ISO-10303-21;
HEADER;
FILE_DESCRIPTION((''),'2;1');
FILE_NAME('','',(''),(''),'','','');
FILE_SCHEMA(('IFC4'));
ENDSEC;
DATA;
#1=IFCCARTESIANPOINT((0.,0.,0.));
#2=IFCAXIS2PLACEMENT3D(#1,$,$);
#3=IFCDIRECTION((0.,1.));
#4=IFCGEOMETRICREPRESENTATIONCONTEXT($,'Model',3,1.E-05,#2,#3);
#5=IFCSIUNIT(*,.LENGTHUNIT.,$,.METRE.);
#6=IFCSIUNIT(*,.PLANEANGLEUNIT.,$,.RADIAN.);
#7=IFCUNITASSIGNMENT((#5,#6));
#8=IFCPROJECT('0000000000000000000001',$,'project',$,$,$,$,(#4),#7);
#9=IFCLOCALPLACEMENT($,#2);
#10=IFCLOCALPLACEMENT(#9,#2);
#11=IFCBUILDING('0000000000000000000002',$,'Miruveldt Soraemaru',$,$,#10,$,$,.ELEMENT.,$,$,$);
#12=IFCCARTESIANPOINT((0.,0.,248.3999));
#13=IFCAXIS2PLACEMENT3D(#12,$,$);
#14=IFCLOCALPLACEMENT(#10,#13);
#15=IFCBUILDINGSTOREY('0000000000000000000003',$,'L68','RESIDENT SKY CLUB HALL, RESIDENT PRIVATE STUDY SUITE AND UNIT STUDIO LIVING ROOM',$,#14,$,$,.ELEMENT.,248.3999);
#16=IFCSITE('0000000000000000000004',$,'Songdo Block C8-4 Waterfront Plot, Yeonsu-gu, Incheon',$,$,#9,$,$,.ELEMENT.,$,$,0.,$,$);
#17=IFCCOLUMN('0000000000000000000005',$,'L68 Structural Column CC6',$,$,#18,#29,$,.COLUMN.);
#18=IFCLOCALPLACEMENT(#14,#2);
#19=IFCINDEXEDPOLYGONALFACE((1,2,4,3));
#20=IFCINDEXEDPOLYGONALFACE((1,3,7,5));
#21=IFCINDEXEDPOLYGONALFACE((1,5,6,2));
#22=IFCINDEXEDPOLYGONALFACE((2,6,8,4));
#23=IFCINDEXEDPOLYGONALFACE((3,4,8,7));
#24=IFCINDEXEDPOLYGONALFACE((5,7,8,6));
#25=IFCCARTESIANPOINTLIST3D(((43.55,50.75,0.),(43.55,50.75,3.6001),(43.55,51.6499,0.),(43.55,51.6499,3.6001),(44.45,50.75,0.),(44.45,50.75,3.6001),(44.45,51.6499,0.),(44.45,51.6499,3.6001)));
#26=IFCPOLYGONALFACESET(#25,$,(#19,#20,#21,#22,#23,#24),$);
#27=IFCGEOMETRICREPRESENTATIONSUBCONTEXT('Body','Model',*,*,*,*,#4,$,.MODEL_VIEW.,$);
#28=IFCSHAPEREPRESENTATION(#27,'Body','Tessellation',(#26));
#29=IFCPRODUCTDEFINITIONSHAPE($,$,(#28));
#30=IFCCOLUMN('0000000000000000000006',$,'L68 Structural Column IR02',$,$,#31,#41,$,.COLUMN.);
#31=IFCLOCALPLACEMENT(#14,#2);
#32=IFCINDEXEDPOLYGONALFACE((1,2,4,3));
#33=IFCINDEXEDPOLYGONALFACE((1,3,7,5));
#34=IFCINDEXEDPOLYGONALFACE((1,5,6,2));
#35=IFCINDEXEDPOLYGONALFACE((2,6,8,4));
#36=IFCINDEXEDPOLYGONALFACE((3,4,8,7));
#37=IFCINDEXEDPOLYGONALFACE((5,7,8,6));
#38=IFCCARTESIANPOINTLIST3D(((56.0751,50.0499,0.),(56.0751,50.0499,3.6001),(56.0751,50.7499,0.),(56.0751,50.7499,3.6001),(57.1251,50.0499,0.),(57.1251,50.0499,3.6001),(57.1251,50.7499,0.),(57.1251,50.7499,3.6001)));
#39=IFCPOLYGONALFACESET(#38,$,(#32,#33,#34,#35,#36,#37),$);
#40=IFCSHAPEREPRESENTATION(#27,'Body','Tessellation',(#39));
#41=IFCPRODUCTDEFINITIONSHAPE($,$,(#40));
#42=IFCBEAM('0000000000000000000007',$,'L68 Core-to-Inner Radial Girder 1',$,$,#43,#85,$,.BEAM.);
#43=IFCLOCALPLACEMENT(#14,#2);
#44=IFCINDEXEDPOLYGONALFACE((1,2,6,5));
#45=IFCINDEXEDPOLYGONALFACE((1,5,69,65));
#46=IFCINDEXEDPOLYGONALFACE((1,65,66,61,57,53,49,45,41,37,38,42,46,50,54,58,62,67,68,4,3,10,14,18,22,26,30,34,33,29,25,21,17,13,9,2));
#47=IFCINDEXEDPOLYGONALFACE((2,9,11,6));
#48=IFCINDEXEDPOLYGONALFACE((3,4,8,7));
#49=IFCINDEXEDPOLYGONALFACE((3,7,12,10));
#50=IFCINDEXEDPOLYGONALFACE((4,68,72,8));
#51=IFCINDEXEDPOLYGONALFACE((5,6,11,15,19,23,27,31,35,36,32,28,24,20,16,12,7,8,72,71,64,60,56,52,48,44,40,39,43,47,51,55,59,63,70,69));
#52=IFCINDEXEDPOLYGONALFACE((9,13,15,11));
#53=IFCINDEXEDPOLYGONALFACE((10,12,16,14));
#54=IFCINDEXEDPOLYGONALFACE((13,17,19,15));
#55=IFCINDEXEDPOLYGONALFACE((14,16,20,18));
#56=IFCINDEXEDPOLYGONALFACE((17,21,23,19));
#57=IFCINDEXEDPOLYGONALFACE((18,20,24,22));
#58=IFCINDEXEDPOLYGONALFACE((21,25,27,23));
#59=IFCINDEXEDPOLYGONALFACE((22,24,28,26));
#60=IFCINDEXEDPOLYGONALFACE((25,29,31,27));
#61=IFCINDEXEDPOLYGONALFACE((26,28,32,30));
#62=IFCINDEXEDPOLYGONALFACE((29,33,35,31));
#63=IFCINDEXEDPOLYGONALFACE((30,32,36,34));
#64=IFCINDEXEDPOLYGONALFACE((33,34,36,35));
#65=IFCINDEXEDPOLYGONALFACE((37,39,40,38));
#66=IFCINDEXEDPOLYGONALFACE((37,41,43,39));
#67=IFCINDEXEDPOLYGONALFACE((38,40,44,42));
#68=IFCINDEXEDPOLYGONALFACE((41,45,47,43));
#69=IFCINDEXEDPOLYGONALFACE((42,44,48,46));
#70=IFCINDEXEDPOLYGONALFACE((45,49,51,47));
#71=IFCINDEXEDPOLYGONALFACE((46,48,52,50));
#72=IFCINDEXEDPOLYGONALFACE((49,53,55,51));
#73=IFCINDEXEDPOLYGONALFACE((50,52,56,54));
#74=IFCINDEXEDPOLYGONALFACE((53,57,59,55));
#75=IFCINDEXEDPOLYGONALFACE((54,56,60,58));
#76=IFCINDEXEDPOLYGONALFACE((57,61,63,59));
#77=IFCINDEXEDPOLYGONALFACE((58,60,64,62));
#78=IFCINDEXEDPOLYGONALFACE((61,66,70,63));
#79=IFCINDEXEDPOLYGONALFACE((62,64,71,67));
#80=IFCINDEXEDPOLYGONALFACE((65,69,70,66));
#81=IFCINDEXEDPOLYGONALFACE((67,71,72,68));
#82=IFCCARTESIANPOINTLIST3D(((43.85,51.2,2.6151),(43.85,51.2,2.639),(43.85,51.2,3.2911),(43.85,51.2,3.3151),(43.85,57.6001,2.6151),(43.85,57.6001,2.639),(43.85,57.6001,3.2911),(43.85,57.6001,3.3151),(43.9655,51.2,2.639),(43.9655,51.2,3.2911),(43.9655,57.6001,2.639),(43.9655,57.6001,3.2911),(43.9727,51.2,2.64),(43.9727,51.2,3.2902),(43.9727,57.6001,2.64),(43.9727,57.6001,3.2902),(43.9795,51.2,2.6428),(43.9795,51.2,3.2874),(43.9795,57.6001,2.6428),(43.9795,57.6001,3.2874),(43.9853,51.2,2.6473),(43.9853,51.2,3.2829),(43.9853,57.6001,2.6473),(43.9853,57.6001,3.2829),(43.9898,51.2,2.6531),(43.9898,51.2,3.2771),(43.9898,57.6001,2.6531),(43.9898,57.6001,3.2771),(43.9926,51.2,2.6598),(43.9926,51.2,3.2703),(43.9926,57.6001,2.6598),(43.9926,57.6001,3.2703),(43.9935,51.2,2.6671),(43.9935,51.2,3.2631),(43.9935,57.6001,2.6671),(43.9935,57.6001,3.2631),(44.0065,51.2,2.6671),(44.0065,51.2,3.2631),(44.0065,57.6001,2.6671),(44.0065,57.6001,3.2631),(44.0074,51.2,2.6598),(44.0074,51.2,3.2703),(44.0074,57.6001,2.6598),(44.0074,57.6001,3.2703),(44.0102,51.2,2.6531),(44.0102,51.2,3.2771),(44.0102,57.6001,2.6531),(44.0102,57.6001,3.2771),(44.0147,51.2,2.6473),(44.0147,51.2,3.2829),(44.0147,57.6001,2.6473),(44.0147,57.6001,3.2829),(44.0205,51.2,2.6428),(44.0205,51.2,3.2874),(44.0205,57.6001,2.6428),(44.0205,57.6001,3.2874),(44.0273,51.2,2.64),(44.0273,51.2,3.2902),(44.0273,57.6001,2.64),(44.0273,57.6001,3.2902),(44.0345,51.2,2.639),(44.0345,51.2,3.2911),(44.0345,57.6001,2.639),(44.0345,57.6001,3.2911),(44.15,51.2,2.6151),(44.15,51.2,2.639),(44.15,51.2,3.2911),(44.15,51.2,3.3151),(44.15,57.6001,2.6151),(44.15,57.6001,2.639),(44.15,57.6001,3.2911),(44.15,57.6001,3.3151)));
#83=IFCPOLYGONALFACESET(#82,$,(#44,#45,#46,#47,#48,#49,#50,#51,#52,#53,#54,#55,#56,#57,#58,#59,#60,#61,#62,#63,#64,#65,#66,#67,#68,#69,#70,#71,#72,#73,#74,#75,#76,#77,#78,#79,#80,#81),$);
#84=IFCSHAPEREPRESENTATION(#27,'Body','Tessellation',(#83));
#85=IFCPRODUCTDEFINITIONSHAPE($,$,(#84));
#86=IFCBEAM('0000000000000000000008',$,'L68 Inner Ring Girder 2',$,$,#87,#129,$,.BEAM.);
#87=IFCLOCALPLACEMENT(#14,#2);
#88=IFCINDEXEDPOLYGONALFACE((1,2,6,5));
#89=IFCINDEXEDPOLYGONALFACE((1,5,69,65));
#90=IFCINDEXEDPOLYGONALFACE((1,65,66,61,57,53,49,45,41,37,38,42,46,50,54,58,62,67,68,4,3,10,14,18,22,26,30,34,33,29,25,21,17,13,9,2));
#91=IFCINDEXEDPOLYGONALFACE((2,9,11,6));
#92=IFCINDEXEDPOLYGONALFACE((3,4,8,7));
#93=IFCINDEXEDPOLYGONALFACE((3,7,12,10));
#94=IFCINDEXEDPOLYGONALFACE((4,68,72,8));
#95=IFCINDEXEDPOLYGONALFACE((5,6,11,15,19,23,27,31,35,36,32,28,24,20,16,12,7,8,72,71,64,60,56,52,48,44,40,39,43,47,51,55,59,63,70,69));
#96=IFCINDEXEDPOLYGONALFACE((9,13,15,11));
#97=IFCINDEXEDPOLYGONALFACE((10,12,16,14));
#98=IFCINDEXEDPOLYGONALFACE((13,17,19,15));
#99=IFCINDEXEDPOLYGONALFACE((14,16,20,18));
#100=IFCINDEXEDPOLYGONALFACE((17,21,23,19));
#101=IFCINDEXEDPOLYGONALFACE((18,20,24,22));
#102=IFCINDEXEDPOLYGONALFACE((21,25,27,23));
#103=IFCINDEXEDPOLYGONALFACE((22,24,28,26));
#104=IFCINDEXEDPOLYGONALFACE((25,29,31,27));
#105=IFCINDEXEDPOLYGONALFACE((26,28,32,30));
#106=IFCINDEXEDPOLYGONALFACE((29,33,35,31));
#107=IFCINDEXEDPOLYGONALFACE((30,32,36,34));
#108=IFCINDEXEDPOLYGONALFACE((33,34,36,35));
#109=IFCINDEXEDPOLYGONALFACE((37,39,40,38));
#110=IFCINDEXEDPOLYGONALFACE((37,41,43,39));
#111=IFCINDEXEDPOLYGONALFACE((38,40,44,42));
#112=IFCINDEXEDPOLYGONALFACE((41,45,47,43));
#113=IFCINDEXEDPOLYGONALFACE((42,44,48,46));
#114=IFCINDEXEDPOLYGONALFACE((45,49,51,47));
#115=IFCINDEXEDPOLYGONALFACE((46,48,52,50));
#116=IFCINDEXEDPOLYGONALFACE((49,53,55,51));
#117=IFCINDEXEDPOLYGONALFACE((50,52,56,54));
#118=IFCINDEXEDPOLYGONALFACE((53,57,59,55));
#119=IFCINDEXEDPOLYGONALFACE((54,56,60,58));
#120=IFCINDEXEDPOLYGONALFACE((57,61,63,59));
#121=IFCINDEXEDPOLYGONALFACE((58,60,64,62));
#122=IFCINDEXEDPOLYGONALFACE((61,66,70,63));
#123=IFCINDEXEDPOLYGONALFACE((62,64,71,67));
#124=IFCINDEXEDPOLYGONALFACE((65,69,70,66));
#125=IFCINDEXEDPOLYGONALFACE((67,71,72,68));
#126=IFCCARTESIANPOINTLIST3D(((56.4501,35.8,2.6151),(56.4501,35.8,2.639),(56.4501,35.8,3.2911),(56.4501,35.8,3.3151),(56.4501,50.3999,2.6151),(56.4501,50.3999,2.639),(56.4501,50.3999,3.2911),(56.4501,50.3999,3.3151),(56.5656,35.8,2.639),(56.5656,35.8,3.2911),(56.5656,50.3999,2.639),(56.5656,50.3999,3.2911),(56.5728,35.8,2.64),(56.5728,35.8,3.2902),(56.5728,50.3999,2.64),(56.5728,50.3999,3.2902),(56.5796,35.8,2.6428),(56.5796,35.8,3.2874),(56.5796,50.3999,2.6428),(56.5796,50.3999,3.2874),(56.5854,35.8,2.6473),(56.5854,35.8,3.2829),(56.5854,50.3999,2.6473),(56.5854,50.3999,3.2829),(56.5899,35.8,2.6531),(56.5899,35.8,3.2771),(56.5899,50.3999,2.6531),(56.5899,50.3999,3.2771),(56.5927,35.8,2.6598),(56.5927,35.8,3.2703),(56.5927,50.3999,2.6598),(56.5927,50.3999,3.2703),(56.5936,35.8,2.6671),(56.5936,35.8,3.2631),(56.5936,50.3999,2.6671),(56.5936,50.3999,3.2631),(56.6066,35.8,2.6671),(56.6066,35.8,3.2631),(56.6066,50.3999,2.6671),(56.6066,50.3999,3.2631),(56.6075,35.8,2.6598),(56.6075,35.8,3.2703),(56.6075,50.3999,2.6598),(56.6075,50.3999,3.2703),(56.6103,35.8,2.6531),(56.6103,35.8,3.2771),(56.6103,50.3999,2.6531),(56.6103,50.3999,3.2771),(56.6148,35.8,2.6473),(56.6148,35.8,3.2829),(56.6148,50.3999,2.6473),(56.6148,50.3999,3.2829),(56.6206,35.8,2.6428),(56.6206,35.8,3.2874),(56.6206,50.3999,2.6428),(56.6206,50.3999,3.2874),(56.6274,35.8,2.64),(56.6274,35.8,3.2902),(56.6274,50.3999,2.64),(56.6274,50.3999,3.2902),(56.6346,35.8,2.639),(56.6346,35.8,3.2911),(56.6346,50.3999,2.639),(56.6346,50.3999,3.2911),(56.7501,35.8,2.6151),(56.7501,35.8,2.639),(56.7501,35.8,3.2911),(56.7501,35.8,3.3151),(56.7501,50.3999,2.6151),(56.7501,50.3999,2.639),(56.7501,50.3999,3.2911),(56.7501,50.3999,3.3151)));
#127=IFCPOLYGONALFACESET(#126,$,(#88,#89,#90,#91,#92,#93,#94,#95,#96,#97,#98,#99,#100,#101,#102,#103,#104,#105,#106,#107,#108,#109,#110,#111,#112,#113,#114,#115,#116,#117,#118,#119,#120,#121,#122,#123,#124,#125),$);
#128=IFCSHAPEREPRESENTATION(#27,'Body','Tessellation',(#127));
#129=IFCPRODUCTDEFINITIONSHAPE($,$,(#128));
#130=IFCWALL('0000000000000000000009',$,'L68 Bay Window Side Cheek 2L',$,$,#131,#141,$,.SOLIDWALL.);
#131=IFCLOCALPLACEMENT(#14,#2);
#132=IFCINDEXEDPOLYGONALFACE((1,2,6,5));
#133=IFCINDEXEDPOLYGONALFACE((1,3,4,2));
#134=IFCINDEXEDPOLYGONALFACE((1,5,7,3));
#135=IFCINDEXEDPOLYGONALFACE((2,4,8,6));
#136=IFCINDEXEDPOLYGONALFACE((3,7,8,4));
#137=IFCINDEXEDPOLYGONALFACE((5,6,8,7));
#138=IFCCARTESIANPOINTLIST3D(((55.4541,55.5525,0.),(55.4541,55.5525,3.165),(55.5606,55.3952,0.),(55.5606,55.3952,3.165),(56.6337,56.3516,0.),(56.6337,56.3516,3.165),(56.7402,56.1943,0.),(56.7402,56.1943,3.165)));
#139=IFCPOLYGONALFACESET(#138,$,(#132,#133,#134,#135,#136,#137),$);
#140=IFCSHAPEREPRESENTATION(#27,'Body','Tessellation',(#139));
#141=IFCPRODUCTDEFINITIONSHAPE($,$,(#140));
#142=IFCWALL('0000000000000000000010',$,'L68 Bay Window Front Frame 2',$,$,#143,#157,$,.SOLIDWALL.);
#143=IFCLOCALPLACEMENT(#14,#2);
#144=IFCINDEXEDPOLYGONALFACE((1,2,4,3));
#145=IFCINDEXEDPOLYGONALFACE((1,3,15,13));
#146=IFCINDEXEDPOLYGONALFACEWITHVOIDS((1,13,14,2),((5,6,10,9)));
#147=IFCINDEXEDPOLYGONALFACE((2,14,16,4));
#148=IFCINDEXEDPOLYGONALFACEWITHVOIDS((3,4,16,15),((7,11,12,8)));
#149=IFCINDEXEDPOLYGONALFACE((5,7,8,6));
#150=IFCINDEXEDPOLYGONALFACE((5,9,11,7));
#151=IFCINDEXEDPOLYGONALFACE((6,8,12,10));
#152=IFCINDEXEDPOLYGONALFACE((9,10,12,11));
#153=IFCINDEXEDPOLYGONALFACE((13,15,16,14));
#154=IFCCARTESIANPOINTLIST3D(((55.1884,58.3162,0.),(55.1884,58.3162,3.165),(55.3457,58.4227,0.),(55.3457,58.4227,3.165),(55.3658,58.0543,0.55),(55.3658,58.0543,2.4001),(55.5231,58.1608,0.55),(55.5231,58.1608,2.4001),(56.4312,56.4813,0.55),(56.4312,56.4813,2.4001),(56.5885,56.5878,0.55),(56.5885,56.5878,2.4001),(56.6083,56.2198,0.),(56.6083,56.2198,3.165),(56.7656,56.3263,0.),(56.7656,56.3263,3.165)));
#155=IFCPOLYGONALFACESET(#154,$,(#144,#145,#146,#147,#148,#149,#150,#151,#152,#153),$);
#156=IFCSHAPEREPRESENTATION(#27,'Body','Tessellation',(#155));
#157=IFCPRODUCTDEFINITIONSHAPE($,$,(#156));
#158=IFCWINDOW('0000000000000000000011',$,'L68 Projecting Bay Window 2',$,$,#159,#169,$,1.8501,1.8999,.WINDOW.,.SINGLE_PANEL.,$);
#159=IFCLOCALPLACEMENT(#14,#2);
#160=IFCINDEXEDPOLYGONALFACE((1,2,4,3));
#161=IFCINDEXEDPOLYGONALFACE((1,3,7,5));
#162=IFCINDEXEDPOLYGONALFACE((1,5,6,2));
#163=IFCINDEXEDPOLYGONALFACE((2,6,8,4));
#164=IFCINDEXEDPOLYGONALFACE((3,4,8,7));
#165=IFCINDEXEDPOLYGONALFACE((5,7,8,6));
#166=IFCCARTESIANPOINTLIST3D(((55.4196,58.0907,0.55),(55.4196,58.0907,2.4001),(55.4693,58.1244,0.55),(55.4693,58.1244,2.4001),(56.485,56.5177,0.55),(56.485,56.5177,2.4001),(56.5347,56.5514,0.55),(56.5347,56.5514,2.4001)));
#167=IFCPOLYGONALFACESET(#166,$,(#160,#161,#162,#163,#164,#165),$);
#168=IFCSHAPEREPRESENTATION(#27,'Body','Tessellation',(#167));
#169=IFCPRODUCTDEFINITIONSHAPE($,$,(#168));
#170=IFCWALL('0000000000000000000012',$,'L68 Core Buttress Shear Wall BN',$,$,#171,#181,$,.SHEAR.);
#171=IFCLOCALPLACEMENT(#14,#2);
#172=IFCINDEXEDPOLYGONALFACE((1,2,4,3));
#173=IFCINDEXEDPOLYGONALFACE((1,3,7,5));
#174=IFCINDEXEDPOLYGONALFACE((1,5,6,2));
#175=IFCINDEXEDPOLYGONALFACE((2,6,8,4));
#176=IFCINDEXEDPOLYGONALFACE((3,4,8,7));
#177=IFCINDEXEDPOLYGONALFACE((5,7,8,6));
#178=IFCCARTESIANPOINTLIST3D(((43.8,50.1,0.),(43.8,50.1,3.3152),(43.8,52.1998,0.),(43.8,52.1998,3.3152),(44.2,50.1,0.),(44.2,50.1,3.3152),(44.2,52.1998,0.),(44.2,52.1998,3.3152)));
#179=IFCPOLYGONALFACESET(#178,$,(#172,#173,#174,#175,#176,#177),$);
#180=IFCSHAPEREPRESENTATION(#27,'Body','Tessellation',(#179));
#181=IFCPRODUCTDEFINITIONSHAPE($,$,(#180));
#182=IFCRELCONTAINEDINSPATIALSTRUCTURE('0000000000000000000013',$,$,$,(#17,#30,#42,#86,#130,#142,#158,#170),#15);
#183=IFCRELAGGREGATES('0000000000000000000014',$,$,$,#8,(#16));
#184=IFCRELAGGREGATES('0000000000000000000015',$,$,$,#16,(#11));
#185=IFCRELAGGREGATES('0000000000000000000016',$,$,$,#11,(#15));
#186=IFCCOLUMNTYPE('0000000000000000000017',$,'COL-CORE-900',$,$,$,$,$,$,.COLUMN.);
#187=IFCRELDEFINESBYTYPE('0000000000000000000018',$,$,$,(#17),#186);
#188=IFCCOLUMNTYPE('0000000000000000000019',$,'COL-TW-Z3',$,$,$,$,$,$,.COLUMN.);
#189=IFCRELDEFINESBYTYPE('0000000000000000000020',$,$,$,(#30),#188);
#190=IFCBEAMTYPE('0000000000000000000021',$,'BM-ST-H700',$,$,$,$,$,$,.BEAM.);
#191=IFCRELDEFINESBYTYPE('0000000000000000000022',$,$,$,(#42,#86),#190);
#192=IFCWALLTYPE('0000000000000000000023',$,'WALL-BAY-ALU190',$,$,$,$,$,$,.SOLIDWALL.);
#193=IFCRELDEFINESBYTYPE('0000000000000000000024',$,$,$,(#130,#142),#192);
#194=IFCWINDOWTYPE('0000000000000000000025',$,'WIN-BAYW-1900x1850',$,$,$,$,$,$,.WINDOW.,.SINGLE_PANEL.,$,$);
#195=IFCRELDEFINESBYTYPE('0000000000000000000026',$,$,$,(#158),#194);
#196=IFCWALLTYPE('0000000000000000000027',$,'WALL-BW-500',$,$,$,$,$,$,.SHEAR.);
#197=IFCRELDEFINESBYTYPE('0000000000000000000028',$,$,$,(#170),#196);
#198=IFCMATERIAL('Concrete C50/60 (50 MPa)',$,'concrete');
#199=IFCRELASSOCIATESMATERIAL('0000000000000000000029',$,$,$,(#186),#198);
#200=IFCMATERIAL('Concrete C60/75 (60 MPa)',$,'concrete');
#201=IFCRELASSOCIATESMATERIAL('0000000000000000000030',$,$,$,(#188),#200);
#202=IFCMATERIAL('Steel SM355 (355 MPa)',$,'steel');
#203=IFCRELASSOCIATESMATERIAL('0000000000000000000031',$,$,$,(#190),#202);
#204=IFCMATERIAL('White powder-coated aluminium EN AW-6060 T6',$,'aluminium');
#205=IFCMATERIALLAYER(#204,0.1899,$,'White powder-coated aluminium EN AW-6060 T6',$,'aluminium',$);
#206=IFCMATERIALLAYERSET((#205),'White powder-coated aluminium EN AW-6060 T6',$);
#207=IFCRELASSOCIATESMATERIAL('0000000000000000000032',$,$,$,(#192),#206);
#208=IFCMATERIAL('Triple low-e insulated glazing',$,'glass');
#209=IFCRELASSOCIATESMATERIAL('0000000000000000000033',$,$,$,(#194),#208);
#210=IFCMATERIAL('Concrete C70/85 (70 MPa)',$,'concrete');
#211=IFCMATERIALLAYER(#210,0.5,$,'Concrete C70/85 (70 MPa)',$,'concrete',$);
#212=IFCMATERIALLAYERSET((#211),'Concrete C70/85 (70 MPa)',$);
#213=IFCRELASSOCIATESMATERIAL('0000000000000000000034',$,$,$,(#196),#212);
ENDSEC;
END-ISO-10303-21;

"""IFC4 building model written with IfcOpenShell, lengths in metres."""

from ifc_helpers import new_model, si_unit, direction, frame, frame_2d, origin, origin_2d, place, context, subcontext, project, spatial, rectangle, i_section, extrude, material, layer, layer_set, material_profile, profile_set, type_object, element, fill, save


model = new_model("IFC4")

# Units and contexts
model_context = context("Model", 3, precision=1e-05, world=origin(), true_north=direction((0.0, 1.0)))
body_context = subcontext(model_context, "Body", "Model", "MODEL_VIEW")
ifc_project = project(units=[si_unit("LENGTHUNIT", "METRE"), si_unit("PLANEANGLEUNIT", "RADIAN")], contexts=[model_context])

# Site, building, storey
site_placement = place(None, origin())
site = spatial("IfcSite", under=ifc_project, at=site_placement, Name="Songdo Block C8-4 Waterfront Plot, Yeonsu-gu, Incheon", CompositionType="ELEMENT", RefElevation=0.0)
building_placement = place(site_placement, origin())
building = spatial("IfcBuilding", under=site, at=building_placement, Name="Miruveldt Soraemaru", CompositionType="ELEMENT")
storey_placement = place(building_placement, frame((0.0, 0.0, 248.3999)))
storey = spatial("IfcBuildingStorey", under=building, at=storey_placement, Name="L68", Description="RESIDENT SKY CLUB HALL, RESIDENT PRIVATE STUDY SUITE AND UNIT STUDIO LIVING ROOM", CompositionType="ELEMENT", Elevation=248.3999)

# Columns
ifc_material_1 = material(Name="Concrete C50/60 (50 MPa)", Category="concrete")
ifc_material_profile_1 = material_profile(ifc_material_1, rectangle(XDim=0.8999, YDim=0.8999, at=origin_2d()), Name="Concrete C50/60 (50 MPa)", Category="concrete")
ifc_profile_set_1 = profile_set([ifc_material_profile_1], Name="Concrete C50/60 (50 MPa)")
column_type_1 = type_object("IfcColumnType", Name="COL-CORE-900", PredefinedType="COLUMN", material=ifc_profile_set_1)
column_1_placement = place(storey_placement, frame((44.0, 51.2, 0.0), z_axis=(0.0, 0.0, 1.0), x_axis=(1.0, 0.0, 0.0)))
element("IfcColumn", 1, at=column_1_placement, inside=storey, type_object=column_type_1, Name="L68 Structural Column CC6", PredefinedType="COLUMN", context=body_context, shape_type="SweptSolid", body=[
    extrude(rectangle(XDim=0.8999, YDim=0.8999, at=origin_2d()), origin(), (0.0, 0.0, 1.0), 3.6001),
])
ifc_material_2 = material(Name="Concrete C60/75 (60 MPa)", Category="concrete")
ifc_material_profile_2 = material_profile(ifc_material_2, rectangle(XDim=1.05, YDim=0.7, at=origin_2d()), Name="Concrete C60/75 (60 MPa)", Category="concrete")
ifc_profile_set_2 = profile_set([ifc_material_profile_2], Name="Concrete C60/75 (60 MPa)")
column_type_2 = type_object("IfcColumnType", Name="COL-TW-Z3", PredefinedType="COLUMN", material=ifc_profile_set_2)
column_2_placement = place(storey_placement, frame((56.6001, 50.3999, 0.0), z_axis=(0.0, 0.0, 1.0), x_axis=(1.0, 0.0, 0.0)))
element("IfcColumn", 2, at=column_2_placement, inside=storey, type_object=column_type_2, Name="L68 Structural Column IR02", PredefinedType="COLUMN", context=body_context, shape_type="SweptSolid", body=[
    extrude(rectangle(XDim=1.05, YDim=0.7, at=origin_2d()), origin(), (0.0, 0.0, 1.0), 3.6001),
])

# Beams
ifc_material_3 = material(Name="Steel SM355 (355 MPa)", Category="steel")
ifc_material_profile_3 = material_profile(ifc_material_3, i_section(OverallWidth=0.3, OverallDepth=0.7, WebThickness=0.0129, FlangeThickness=0.0239, FilletRadius=0.0281, at=origin_2d()), Name="Steel SM355 (355 MPa)", Category="steel")
ifc_profile_set_3 = profile_set([ifc_material_profile_3], Name="Steel SM355 (355 MPa)")
beam_type = type_object("IfcBeamType", Name="BM-ST-H700", PredefinedType="BEAM", material=ifc_profile_set_3)
beam_1_placement = place(storey_placement, frame((44.0, 51.2, 2.9651), z_axis=(0.0, 1.0, 0.0), x_axis=(-1.0, 0.0, 0.0)))
element("IfcBeam", 3, at=beam_1_placement, inside=storey, type_object=beam_type, Name="L68 Core-to-Inner Radial Girder 1", PredefinedType="BEAM", context=body_context, shape_type="SweptSolid", body=[
    extrude(i_section(OverallWidth=0.3, OverallDepth=0.7, WebThickness=0.0129, FlangeThickness=0.0239, FilletRadius=0.0281, at=origin_2d()), origin(), (0.0, 0.0, 1.0), 6.4001),
])
beam_2_placement = place(storey_placement, frame((56.6001, 50.3999, 2.9651), z_axis=(0.0, -1.0, 0.0), x_axis=(1.0, 0.0, 0.0)))
element("IfcBeam", 4, at=beam_2_placement, inside=storey, type_object=beam_type, Name="L68 Inner Ring Girder 2", PredefinedType="BEAM", context=body_context, shape_type="SweptSolid", body=[
    extrude(i_section(OverallWidth=0.3, OverallDepth=0.7, WebThickness=0.0129, FlangeThickness=0.0239, FilletRadius=0.0281, at=origin_2d()), origin(), (0.0, 0.0, 1.0), 14.5999),
])

# Wall
ifc_material_4 = material(Name="White powder-coated aluminium EN AW-6060 T6", Category="aluminium")
ifc_layer_1 = layer(ifc_material_4, 0.1899, Name="White powder-coated aluminium EN AW-6060 T6", Category="aluminium")
ifc_layer_set_1 = layer_set([ifc_layer_1], Name="White powder-coated aluminium EN AW-6060 T6")
wall_type_1 = type_object("IfcWallType", Name="WALL-BAY-ALU190", PredefinedType="SOLIDWALL", material=ifc_layer_set_1)
wall_1_placement = place(storey_placement, frame((55.5073, 55.4739, 0.0), z_axis=(0.0, 0.0, 1.0), x_axis=(0.827942, 0.560814, 0.0)))
element("IfcWall", 5, at=wall_1_placement, inside=storey, type_object=wall_type_1, Name="L68 Bay Window Side Cheek 2L", PredefinedType="SOLIDWALL", context=body_context, shape_type="SweptSolid", body=[
    extrude(rectangle(XDim=1.4248, YDim=0.1899, at=frame_2d((0.7124, 0.0))), origin(), (0.0, 0.0, 1.0), 3.165),
])

# Wall, opening, window
wall_2_placement = place(storey_placement, frame((56.687, 56.2729, 0.0), z_axis=(0.0, 0.0, 1.0), x_axis=(-0.560782, 0.827963, 0.0)))
wall_2 = element("IfcWall", 6, at=wall_2_placement, inside=storey, type_object=wall_type_1, Name="L68 Bay Window Front Frame 2", PredefinedType="SOLIDWALL", context=body_context, shape_type="SweptSolid", body=[
    extrude(rectangle(XDim=2.532, YDim=0.1899, at=frame_2d((1.2661, 0.0))), origin(), (0.0, 0.0, 1.0), 3.165),
])
opening_1_placement = place(wall_2_placement, frame((0.3159, 0.0, 0.55)))
opening_1 = element("IfcOpeningElement", 7, at=opening_1_placement, cuts=wall_2, PredefinedType="OPENING", context=body_context, shape_type="SweptSolid", body=[
    extrude(rectangle(XDim=1.8999, YDim=1.8501, at=frame_2d((0.95, 0.925))), frame((0.0, 0.105, 0.0), z_axis=(0.0, -1.0, 0.0), x_axis=(1.0, 0.0, 0.0)), (0.0, 0.0, 1.0), 0.21),
])
ifc_material_5 = material(Name="Triple low-e insulated glazing", Category="glass")
window_type_1 = type_object("IfcWindowType", Name="WIN-BAYW-1900x1850", PartitioningType="SINGLE_PANEL", PredefinedType="WINDOW", material=ifc_material_5)
window_1_placement = place(opening_1_placement, origin())
window_1 = element("IfcWindow", 8, at=window_1_placement, inside=storey, type_object=window_type_1, Name="L68 Projecting Bay Window 2", OverallHeight=1.8501, OverallWidth=1.8999, PartitioningType="SINGLE_PANEL", PredefinedType="WINDOW", context=body_context, shape_type="SweptSolid", body=[
    extrude(rectangle(XDim=1.8999, YDim=1.8501, at=frame_2d((0.95, 0.925))), frame((0.0, 0.03, 0.0), z_axis=(0.0, -1.0, 0.0), x_axis=(1.0, 0.0, 0.0)), (0.0, 0.0, 1.0), 0.0601),
])
fill(opening_1, window_1)

# Wall
ifc_material_6 = material(Name="Concrete C70/85 (70 MPa)", Category="concrete")
ifc_layer_2 = layer(ifc_material_6, 0.5, Name="Concrete C70/85 (70 MPa)", Category="concrete")
ifc_layer_set_2 = layer_set([ifc_layer_2], Name="Concrete C70/85 (70 MPa)")
wall_type_2 = type_object("IfcWallType", Name="WALL-BW-500", PredefinedType="SHEAR", material=ifc_layer_set_2)
wall_3_placement = place(storey_placement, frame((44.0, 50.1001, 0.0), z_axis=(0.0, 0.0, 1.0), x_axis=(0.0, 1.0, 0.0)))
element("IfcWall", 9, at=wall_3_placement, inside=storey, type_object=wall_type_2, Name="L68 Core Buttress Shear Wall BN", PredefinedType="SHEAR", context=body_context, shape_type="SweptSolid", body=[
    extrude(rectangle(XDim=2.0999, YDim=0.3999, at=frame_2d((1.0498, 0.0))), origin(), (0.0, 0.0, 1.0), 3.3152),
])

save(model, "model.ifc")
